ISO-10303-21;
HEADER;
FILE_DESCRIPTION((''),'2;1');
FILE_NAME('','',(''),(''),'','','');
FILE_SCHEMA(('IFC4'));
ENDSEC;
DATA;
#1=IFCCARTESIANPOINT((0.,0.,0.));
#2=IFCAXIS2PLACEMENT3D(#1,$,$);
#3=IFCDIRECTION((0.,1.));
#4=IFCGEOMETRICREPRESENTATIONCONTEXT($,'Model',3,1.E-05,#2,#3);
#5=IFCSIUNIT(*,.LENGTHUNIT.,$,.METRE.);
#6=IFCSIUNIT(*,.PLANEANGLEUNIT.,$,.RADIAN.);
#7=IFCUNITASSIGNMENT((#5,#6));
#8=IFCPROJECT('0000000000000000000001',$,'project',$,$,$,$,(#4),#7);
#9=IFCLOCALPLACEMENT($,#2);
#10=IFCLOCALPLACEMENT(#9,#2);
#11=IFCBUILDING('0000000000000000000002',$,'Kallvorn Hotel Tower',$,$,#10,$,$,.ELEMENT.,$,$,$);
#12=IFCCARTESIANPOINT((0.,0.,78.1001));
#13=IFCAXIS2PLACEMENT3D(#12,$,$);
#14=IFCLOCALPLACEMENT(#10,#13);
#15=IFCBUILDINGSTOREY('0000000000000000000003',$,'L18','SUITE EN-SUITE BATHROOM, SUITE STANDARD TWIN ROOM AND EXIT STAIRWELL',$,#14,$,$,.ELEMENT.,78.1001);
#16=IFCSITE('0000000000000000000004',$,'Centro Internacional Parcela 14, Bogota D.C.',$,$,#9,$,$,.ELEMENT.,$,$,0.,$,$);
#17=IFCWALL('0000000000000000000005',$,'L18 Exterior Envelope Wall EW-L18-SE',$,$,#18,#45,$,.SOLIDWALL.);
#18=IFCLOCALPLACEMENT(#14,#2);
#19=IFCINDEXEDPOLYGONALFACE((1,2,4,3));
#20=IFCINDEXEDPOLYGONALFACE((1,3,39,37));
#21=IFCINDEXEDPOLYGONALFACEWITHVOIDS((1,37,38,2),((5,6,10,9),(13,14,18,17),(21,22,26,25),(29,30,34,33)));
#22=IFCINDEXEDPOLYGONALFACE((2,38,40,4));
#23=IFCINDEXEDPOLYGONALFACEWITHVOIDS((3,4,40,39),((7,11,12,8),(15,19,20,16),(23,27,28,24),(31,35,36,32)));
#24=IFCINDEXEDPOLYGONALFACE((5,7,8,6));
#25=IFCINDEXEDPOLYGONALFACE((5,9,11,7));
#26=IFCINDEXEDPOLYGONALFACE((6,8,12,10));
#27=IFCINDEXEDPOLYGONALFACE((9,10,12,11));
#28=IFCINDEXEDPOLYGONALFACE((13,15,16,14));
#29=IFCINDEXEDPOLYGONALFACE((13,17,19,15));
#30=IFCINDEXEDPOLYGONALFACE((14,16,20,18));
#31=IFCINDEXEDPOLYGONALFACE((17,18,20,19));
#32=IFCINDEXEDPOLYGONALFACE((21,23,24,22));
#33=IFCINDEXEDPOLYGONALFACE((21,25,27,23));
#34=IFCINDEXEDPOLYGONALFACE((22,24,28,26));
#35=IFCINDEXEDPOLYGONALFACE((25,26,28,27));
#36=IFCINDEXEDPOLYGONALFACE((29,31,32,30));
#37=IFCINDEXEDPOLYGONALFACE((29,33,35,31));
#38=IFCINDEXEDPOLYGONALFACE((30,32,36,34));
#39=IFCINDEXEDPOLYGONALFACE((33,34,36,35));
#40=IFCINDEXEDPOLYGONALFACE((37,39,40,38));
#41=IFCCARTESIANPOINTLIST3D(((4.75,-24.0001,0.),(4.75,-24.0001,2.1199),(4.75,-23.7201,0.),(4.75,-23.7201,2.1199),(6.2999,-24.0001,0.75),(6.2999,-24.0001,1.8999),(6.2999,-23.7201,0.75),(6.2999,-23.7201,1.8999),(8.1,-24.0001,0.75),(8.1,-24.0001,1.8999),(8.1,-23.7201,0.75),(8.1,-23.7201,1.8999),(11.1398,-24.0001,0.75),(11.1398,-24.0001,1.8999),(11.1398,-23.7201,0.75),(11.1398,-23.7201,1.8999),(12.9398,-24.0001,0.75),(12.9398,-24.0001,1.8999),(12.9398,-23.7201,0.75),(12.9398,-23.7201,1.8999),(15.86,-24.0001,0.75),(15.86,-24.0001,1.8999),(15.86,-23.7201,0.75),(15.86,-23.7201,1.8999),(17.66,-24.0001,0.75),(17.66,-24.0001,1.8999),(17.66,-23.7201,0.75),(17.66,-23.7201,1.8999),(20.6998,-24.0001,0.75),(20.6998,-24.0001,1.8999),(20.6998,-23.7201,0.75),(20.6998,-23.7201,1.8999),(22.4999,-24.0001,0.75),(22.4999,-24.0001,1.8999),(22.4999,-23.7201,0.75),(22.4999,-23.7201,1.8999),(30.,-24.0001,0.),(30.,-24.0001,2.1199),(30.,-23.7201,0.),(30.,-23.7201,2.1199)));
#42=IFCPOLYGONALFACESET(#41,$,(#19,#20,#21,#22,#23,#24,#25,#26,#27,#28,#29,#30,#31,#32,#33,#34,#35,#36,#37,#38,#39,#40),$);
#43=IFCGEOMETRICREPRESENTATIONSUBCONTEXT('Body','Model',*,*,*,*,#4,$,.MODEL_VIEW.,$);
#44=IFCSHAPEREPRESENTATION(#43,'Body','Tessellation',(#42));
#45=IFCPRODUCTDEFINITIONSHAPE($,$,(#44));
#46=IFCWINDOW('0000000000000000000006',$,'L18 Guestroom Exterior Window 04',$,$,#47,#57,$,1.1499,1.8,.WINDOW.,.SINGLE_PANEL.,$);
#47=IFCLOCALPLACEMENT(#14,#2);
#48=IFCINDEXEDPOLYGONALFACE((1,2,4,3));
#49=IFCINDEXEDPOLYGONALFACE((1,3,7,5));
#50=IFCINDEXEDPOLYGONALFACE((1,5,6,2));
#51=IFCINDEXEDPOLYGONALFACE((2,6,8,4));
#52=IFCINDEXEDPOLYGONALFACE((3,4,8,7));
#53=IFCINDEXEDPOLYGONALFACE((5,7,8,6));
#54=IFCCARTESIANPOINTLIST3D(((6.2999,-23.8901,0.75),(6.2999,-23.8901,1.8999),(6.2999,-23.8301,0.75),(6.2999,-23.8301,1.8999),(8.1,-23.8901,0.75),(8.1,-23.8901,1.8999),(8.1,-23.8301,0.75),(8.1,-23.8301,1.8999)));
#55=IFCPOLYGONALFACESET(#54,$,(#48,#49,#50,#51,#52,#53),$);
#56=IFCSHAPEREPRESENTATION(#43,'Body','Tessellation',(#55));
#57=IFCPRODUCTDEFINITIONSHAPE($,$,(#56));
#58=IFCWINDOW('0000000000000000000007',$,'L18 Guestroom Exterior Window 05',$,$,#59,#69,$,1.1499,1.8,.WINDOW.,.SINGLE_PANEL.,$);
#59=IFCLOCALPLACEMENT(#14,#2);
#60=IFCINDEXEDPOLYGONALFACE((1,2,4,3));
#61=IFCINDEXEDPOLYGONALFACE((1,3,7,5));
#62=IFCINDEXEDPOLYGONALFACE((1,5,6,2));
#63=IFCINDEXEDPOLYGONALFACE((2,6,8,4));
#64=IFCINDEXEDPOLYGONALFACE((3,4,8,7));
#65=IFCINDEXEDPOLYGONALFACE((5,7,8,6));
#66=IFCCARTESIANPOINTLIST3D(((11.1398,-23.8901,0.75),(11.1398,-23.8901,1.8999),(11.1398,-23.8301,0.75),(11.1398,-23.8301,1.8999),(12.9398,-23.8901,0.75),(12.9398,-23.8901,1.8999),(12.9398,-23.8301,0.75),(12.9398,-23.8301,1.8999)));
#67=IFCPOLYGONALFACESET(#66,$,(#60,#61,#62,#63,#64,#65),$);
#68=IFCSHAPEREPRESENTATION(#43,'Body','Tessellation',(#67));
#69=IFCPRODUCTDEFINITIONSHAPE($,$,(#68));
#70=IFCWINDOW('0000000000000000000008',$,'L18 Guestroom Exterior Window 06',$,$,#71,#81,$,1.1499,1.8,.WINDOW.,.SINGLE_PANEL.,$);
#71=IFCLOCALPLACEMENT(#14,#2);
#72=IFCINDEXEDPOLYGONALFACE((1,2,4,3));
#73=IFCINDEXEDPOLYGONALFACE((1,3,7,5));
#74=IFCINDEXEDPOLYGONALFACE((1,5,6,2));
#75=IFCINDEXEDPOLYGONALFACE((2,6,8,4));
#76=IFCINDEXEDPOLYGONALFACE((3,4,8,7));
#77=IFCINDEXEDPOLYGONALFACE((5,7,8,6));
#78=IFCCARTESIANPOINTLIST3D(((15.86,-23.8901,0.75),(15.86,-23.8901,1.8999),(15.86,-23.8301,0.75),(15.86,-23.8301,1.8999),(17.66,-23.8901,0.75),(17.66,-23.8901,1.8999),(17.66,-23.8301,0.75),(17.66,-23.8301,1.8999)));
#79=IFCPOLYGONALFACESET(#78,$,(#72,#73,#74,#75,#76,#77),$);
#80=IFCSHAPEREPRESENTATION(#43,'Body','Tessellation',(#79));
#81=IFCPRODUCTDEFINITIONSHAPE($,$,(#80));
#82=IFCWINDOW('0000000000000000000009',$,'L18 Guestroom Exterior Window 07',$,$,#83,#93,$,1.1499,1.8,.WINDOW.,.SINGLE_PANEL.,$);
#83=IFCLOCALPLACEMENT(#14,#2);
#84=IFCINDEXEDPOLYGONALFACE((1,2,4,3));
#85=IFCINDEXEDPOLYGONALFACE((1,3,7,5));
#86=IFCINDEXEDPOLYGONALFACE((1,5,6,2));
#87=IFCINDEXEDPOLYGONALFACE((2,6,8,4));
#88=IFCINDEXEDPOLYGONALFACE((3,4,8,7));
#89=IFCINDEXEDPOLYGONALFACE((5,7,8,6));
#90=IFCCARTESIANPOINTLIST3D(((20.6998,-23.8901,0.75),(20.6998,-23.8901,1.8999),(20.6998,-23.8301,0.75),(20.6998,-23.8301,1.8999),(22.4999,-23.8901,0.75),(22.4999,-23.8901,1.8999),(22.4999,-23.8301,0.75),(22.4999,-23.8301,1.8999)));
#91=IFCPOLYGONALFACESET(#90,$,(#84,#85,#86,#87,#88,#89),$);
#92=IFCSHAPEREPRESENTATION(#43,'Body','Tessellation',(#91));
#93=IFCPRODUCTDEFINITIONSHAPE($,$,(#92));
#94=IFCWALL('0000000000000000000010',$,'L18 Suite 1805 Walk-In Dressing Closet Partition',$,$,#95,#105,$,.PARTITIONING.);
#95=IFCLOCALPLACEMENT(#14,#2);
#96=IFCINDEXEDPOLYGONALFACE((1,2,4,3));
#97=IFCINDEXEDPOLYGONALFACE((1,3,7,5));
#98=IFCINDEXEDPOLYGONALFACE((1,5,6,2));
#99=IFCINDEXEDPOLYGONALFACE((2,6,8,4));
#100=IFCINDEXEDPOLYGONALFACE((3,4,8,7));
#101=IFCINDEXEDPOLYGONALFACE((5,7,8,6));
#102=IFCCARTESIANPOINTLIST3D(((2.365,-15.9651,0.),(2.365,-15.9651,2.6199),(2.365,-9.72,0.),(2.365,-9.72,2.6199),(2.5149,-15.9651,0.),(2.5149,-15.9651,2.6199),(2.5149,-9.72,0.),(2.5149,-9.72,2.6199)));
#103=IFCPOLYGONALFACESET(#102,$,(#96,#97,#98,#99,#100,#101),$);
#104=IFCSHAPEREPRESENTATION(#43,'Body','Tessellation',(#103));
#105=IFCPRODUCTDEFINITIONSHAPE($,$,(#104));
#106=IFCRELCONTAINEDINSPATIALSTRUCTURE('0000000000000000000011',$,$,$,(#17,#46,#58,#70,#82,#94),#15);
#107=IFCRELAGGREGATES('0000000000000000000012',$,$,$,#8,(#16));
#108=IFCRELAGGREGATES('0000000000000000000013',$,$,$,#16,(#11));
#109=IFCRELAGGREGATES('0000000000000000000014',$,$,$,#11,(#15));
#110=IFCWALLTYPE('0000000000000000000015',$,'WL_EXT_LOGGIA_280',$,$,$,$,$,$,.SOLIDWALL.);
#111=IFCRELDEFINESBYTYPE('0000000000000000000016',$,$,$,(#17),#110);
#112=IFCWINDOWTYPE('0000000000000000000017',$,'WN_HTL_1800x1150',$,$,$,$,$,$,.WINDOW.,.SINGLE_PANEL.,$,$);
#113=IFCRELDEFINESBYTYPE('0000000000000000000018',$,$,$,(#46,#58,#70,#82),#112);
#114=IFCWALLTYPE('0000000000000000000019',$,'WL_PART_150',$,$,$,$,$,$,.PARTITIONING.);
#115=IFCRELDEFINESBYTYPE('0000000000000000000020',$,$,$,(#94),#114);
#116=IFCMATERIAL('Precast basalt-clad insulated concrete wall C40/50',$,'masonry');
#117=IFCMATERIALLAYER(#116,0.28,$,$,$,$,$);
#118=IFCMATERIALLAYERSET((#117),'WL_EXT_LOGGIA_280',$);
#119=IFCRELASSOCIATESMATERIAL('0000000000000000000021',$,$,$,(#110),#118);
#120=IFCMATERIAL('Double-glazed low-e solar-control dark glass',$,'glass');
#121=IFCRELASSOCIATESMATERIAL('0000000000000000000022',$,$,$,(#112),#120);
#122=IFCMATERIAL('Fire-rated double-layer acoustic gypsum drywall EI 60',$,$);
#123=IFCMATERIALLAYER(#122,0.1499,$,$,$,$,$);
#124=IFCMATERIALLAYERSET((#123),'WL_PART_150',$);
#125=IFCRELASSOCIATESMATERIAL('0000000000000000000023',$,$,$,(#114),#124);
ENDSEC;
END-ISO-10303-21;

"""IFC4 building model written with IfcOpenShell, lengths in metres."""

from ifc_helpers import new_model, si_unit, direction, frame, frame_2d, origin, place, context, subcontext, project, spatial, rectangle, extrude, material, layer, layer_set, type_object, element, fill, save


model = new_model("IFC4")

# Units and contexts
model_context = context("Model", 3, precision=1e-05, world=origin(), true_north=direction((0.0, 1.0)))
body_context = subcontext(model_context, "Body", "Model", "MODEL_VIEW")
ifc_project = project(units=[si_unit("LENGTHUNIT", "METRE"), si_unit("PLANEANGLEUNIT", "RADIAN")], contexts=[model_context])

# Site, building, storey
site_placement = place(None, origin())
site = spatial("IfcSite", under=ifc_project, at=site_placement, Name="Centro Internacional Parcela 14, Bogota D.C.", CompositionType="ELEMENT", RefElevation=0.0)
building_placement = place(site_placement, origin())
building = spatial("IfcBuilding", under=site, at=building_placement, Name="Kallvorn Hotel Tower", CompositionType="ELEMENT")
storey_placement = place(building_placement, frame((0.0, 0.0, 78.1001)))
storey = spatial("IfcBuildingStorey", under=building, at=storey_placement, Name="L18", Description="SUITE EN-SUITE BATHROOM, SUITE STANDARD TWIN ROOM AND EXIT STAIRWELL", CompositionType="ELEMENT", Elevation=78.1001)

# Wall, openings, windows
ifc_material_1 = material(Name="Precast basalt-clad insulated concrete wall C40/50", Category="masonry")
ifc_layer_1 = layer(ifc_material_1, 0.28)
ifc_layer_set_1 = layer_set([ifc_layer_1], Name="WL_EXT_LOGGIA_280")
wall_type_1 = type_object("IfcWallType", Name="WL_EXT_LOGGIA_280", PredefinedType="SOLIDWALL", material=ifc_layer_set_1)
wall_1_placement = place(storey_placement, frame((4.75, -23.8601, 0.0), z_axis=(0.0, 0.0, 1.0), x_axis=(1.0, 0.0, 0.0)))
wall_1 = element("IfcWall", 1, at=wall_1_placement, inside=storey, type_object=wall_type_1, Name="L18 Exterior Envelope Wall EW-L18-SE", PredefinedType="SOLIDWALL", context=body_context, shape_type="SweptSolid", body=[
    extrude(rectangle(XDim=25.25, YDim=0.28, at=frame_2d((12.625, 0.0))), origin(), (0.0, 0.0, 1.0), 2.1199),
])
opening_1_placement = place(wall_1_placement, frame((1.55, 0.0, 0.75)))
opening_1 = element("IfcOpeningElement", 2, at=opening_1_placement, cuts=wall_1, PredefinedType="OPENING", context=body_context, shape_type="SweptSolid", body=[
    extrude(rectangle(XDim=1.8, YDim=1.1499, at=frame_2d((0.8999, 0.575))), frame((0.0, 0.155, 0.0), z_axis=(0.0, -1.0, 0.0), x_axis=(1.0, 0.0, 0.0)), (0.0, 0.0, 1.0), 0.3101),
])
opening_2_placement = place(wall_1_placement, frame((6.3899, 0.0, 0.75)))
opening_2 = element("IfcOpeningElement", 3, at=opening_2_placement, cuts=wall_1, PredefinedType="OPENING", context=body_context, shape_type="SweptSolid", body=[
    extrude(rectangle(XDim=1.8, YDim=1.1499, at=frame_2d((0.8999, 0.575))), frame((0.0, 0.155, 0.0), z_axis=(0.0, -1.0, 0.0), x_axis=(1.0, 0.0, 0.0)), (0.0, 0.0, 1.0), 0.3101),
])
opening_3_placement = place(wall_1_placement, frame((11.1101, 0.0, 0.75)))
opening_3 = element("IfcOpeningElement", 4, at=opening_3_placement, cuts=wall_1, PredefinedType="OPENING", context=body_context, shape_type="SweptSolid", body=[
    extrude(rectangle(XDim=1.8, YDim=1.1499, at=frame_2d((0.8999, 0.575))), frame((0.0, 0.155, 0.0), z_axis=(0.0, -1.0, 0.0), x_axis=(1.0, 0.0, 0.0)), (0.0, 0.0, 1.0), 0.3101),
])
opening_4_placement = place(wall_1_placement, frame((15.95, 0.0, 0.75)))
opening_4 = element("IfcOpeningElement", 5, at=opening_4_placement, cuts=wall_1, PredefinedType="OPENING", context=body_context, shape_type="SweptSolid", body=[
    extrude(rectangle(XDim=1.8, YDim=1.1499, at=frame_2d((0.8999, 0.575))), frame((0.0, 0.155, 0.0), z_axis=(0.0, -1.0, 0.0), x_axis=(1.0, 0.0, 0.0)), (0.0, 0.0, 1.0), 0.3101),
])
ifc_material_2 = material(Name="Double-glazed low-e solar-control dark glass", Category="glass")
window_type = type_object("IfcWindowType", Name="WN_HTL_1800x1150", PartitioningType="SINGLE_PANEL", PredefinedType="WINDOW", material=ifc_material_2)
window_1_placement = place(opening_1_placement, origin())
window_1 = element("IfcWindow", 6, at=window_1_placement, inside=storey, type_object=window_type, Name="L18 Guestroom Exterior Window 04", OverallHeight=1.1499, OverallWidth=1.8, PartitioningType="SINGLE_PANEL", PredefinedType="WINDOW", context=body_context, shape_type="SweptSolid", body=[
    extrude(rectangle(XDim=1.8, YDim=1.1499, at=frame_2d((0.8999, 0.575))), frame((0.0, 0.03, 0.0), z_axis=(0.0, -1.0, 0.0), x_axis=(1.0, 0.0, 0.0)), (0.0, 0.0, 1.0), 0.0601),
])
fill(opening_1, window_1)
window_2_placement = place(opening_2_placement, origin())
window_2 = element("IfcWindow", 7, at=window_2_placement, inside=storey, type_object=window_type, Name="L18 Guestroom Exterior Window 05", OverallHeight=1.1499, OverallWidth=1.8, PartitioningType="SINGLE_PANEL", PredefinedType="WINDOW", context=body_context, shape_type="SweptSolid", body=[
    extrude(rectangle(XDim=1.8, YDim=1.1499, at=frame_2d((0.8999, 0.575))), frame((0.0, 0.03, 0.0), z_axis=(0.0, -1.0, 0.0), x_axis=(1.0, 0.0, 0.0)), (0.0, 0.0, 1.0), 0.0601),
])
fill(opening_2, window_2)
window_3_placement = place(opening_3_placement, origin())
window_3 = element("IfcWindow", 8, at=window_3_placement, inside=storey, type_object=window_type, Name="L18 Guestroom Exterior Window 06", OverallHeight=1.1499, OverallWidth=1.8, PartitioningType="SINGLE_PANEL", PredefinedType="WINDOW", context=body_context, shape_type="SweptSolid", body=[
    extrude(rectangle(XDim=1.8, YDim=1.1499, at=frame_2d((0.8999, 0.575))), frame((0.0, 0.03, 0.0), z_axis=(0.0, -1.0, 0.0), x_axis=(1.0, 0.0, 0.0)), (0.0, 0.0, 1.0), 0.0601),
])
fill(opening_3, window_3)
window_4_placement = place(opening_4_placement, origin())
window_4 = element("IfcWindow", 9, at=window_4_placement, inside=storey, type_object=window_type, Name="L18 Guestroom Exterior Window 07", OverallHeight=1.1499, OverallWidth=1.8, PartitioningType="SINGLE_PANEL", PredefinedType="WINDOW", context=body_context, shape_type="SweptSolid", body=[
    extrude(rectangle(XDim=1.8, YDim=1.1499, at=frame_2d((0.8999, 0.575))), frame((0.0, 0.03, 0.0), z_axis=(0.0, -1.0, 0.0), x_axis=(1.0, 0.0, 0.0)), (0.0, 0.0, 1.0), 0.0601),
])
fill(opening_4, window_4)

# Wall
ifc_material_3 = material(Name="Fire-rated double-layer acoustic gypsum drywall EI 60")
ifc_layer_2 = layer(ifc_material_3, 0.1499)
ifc_layer_set_2 = layer_set([ifc_layer_2], Name="WL_PART_150")
wall_type_2 = type_object("IfcWallType", Name="WL_PART_150", PredefinedType="PARTITIONING", material=ifc_layer_set_2)
wall_2_placement = place(storey_placement, frame((2.4399, -15.9651, 0.0), z_axis=(0.0, 0.0, 1.0), x_axis=(0.0, 1.0, 0.0)))
element("IfcWall", 10, at=wall_2_placement, inside=storey, type_object=wall_type_2, Name="L18 Suite 1805 Walk-In Dressing Closet Partition", PredefinedType="PARTITIONING", context=body_context, shape_type="SweptSolid", body=[
    extrude(rectangle(XDim=6.2451, YDim=0.1499, at=frame_2d((3.1226, 0.0))), origin(), (0.0, 0.0, 1.0), 2.6199),
])

save(model, "model.ifc")
